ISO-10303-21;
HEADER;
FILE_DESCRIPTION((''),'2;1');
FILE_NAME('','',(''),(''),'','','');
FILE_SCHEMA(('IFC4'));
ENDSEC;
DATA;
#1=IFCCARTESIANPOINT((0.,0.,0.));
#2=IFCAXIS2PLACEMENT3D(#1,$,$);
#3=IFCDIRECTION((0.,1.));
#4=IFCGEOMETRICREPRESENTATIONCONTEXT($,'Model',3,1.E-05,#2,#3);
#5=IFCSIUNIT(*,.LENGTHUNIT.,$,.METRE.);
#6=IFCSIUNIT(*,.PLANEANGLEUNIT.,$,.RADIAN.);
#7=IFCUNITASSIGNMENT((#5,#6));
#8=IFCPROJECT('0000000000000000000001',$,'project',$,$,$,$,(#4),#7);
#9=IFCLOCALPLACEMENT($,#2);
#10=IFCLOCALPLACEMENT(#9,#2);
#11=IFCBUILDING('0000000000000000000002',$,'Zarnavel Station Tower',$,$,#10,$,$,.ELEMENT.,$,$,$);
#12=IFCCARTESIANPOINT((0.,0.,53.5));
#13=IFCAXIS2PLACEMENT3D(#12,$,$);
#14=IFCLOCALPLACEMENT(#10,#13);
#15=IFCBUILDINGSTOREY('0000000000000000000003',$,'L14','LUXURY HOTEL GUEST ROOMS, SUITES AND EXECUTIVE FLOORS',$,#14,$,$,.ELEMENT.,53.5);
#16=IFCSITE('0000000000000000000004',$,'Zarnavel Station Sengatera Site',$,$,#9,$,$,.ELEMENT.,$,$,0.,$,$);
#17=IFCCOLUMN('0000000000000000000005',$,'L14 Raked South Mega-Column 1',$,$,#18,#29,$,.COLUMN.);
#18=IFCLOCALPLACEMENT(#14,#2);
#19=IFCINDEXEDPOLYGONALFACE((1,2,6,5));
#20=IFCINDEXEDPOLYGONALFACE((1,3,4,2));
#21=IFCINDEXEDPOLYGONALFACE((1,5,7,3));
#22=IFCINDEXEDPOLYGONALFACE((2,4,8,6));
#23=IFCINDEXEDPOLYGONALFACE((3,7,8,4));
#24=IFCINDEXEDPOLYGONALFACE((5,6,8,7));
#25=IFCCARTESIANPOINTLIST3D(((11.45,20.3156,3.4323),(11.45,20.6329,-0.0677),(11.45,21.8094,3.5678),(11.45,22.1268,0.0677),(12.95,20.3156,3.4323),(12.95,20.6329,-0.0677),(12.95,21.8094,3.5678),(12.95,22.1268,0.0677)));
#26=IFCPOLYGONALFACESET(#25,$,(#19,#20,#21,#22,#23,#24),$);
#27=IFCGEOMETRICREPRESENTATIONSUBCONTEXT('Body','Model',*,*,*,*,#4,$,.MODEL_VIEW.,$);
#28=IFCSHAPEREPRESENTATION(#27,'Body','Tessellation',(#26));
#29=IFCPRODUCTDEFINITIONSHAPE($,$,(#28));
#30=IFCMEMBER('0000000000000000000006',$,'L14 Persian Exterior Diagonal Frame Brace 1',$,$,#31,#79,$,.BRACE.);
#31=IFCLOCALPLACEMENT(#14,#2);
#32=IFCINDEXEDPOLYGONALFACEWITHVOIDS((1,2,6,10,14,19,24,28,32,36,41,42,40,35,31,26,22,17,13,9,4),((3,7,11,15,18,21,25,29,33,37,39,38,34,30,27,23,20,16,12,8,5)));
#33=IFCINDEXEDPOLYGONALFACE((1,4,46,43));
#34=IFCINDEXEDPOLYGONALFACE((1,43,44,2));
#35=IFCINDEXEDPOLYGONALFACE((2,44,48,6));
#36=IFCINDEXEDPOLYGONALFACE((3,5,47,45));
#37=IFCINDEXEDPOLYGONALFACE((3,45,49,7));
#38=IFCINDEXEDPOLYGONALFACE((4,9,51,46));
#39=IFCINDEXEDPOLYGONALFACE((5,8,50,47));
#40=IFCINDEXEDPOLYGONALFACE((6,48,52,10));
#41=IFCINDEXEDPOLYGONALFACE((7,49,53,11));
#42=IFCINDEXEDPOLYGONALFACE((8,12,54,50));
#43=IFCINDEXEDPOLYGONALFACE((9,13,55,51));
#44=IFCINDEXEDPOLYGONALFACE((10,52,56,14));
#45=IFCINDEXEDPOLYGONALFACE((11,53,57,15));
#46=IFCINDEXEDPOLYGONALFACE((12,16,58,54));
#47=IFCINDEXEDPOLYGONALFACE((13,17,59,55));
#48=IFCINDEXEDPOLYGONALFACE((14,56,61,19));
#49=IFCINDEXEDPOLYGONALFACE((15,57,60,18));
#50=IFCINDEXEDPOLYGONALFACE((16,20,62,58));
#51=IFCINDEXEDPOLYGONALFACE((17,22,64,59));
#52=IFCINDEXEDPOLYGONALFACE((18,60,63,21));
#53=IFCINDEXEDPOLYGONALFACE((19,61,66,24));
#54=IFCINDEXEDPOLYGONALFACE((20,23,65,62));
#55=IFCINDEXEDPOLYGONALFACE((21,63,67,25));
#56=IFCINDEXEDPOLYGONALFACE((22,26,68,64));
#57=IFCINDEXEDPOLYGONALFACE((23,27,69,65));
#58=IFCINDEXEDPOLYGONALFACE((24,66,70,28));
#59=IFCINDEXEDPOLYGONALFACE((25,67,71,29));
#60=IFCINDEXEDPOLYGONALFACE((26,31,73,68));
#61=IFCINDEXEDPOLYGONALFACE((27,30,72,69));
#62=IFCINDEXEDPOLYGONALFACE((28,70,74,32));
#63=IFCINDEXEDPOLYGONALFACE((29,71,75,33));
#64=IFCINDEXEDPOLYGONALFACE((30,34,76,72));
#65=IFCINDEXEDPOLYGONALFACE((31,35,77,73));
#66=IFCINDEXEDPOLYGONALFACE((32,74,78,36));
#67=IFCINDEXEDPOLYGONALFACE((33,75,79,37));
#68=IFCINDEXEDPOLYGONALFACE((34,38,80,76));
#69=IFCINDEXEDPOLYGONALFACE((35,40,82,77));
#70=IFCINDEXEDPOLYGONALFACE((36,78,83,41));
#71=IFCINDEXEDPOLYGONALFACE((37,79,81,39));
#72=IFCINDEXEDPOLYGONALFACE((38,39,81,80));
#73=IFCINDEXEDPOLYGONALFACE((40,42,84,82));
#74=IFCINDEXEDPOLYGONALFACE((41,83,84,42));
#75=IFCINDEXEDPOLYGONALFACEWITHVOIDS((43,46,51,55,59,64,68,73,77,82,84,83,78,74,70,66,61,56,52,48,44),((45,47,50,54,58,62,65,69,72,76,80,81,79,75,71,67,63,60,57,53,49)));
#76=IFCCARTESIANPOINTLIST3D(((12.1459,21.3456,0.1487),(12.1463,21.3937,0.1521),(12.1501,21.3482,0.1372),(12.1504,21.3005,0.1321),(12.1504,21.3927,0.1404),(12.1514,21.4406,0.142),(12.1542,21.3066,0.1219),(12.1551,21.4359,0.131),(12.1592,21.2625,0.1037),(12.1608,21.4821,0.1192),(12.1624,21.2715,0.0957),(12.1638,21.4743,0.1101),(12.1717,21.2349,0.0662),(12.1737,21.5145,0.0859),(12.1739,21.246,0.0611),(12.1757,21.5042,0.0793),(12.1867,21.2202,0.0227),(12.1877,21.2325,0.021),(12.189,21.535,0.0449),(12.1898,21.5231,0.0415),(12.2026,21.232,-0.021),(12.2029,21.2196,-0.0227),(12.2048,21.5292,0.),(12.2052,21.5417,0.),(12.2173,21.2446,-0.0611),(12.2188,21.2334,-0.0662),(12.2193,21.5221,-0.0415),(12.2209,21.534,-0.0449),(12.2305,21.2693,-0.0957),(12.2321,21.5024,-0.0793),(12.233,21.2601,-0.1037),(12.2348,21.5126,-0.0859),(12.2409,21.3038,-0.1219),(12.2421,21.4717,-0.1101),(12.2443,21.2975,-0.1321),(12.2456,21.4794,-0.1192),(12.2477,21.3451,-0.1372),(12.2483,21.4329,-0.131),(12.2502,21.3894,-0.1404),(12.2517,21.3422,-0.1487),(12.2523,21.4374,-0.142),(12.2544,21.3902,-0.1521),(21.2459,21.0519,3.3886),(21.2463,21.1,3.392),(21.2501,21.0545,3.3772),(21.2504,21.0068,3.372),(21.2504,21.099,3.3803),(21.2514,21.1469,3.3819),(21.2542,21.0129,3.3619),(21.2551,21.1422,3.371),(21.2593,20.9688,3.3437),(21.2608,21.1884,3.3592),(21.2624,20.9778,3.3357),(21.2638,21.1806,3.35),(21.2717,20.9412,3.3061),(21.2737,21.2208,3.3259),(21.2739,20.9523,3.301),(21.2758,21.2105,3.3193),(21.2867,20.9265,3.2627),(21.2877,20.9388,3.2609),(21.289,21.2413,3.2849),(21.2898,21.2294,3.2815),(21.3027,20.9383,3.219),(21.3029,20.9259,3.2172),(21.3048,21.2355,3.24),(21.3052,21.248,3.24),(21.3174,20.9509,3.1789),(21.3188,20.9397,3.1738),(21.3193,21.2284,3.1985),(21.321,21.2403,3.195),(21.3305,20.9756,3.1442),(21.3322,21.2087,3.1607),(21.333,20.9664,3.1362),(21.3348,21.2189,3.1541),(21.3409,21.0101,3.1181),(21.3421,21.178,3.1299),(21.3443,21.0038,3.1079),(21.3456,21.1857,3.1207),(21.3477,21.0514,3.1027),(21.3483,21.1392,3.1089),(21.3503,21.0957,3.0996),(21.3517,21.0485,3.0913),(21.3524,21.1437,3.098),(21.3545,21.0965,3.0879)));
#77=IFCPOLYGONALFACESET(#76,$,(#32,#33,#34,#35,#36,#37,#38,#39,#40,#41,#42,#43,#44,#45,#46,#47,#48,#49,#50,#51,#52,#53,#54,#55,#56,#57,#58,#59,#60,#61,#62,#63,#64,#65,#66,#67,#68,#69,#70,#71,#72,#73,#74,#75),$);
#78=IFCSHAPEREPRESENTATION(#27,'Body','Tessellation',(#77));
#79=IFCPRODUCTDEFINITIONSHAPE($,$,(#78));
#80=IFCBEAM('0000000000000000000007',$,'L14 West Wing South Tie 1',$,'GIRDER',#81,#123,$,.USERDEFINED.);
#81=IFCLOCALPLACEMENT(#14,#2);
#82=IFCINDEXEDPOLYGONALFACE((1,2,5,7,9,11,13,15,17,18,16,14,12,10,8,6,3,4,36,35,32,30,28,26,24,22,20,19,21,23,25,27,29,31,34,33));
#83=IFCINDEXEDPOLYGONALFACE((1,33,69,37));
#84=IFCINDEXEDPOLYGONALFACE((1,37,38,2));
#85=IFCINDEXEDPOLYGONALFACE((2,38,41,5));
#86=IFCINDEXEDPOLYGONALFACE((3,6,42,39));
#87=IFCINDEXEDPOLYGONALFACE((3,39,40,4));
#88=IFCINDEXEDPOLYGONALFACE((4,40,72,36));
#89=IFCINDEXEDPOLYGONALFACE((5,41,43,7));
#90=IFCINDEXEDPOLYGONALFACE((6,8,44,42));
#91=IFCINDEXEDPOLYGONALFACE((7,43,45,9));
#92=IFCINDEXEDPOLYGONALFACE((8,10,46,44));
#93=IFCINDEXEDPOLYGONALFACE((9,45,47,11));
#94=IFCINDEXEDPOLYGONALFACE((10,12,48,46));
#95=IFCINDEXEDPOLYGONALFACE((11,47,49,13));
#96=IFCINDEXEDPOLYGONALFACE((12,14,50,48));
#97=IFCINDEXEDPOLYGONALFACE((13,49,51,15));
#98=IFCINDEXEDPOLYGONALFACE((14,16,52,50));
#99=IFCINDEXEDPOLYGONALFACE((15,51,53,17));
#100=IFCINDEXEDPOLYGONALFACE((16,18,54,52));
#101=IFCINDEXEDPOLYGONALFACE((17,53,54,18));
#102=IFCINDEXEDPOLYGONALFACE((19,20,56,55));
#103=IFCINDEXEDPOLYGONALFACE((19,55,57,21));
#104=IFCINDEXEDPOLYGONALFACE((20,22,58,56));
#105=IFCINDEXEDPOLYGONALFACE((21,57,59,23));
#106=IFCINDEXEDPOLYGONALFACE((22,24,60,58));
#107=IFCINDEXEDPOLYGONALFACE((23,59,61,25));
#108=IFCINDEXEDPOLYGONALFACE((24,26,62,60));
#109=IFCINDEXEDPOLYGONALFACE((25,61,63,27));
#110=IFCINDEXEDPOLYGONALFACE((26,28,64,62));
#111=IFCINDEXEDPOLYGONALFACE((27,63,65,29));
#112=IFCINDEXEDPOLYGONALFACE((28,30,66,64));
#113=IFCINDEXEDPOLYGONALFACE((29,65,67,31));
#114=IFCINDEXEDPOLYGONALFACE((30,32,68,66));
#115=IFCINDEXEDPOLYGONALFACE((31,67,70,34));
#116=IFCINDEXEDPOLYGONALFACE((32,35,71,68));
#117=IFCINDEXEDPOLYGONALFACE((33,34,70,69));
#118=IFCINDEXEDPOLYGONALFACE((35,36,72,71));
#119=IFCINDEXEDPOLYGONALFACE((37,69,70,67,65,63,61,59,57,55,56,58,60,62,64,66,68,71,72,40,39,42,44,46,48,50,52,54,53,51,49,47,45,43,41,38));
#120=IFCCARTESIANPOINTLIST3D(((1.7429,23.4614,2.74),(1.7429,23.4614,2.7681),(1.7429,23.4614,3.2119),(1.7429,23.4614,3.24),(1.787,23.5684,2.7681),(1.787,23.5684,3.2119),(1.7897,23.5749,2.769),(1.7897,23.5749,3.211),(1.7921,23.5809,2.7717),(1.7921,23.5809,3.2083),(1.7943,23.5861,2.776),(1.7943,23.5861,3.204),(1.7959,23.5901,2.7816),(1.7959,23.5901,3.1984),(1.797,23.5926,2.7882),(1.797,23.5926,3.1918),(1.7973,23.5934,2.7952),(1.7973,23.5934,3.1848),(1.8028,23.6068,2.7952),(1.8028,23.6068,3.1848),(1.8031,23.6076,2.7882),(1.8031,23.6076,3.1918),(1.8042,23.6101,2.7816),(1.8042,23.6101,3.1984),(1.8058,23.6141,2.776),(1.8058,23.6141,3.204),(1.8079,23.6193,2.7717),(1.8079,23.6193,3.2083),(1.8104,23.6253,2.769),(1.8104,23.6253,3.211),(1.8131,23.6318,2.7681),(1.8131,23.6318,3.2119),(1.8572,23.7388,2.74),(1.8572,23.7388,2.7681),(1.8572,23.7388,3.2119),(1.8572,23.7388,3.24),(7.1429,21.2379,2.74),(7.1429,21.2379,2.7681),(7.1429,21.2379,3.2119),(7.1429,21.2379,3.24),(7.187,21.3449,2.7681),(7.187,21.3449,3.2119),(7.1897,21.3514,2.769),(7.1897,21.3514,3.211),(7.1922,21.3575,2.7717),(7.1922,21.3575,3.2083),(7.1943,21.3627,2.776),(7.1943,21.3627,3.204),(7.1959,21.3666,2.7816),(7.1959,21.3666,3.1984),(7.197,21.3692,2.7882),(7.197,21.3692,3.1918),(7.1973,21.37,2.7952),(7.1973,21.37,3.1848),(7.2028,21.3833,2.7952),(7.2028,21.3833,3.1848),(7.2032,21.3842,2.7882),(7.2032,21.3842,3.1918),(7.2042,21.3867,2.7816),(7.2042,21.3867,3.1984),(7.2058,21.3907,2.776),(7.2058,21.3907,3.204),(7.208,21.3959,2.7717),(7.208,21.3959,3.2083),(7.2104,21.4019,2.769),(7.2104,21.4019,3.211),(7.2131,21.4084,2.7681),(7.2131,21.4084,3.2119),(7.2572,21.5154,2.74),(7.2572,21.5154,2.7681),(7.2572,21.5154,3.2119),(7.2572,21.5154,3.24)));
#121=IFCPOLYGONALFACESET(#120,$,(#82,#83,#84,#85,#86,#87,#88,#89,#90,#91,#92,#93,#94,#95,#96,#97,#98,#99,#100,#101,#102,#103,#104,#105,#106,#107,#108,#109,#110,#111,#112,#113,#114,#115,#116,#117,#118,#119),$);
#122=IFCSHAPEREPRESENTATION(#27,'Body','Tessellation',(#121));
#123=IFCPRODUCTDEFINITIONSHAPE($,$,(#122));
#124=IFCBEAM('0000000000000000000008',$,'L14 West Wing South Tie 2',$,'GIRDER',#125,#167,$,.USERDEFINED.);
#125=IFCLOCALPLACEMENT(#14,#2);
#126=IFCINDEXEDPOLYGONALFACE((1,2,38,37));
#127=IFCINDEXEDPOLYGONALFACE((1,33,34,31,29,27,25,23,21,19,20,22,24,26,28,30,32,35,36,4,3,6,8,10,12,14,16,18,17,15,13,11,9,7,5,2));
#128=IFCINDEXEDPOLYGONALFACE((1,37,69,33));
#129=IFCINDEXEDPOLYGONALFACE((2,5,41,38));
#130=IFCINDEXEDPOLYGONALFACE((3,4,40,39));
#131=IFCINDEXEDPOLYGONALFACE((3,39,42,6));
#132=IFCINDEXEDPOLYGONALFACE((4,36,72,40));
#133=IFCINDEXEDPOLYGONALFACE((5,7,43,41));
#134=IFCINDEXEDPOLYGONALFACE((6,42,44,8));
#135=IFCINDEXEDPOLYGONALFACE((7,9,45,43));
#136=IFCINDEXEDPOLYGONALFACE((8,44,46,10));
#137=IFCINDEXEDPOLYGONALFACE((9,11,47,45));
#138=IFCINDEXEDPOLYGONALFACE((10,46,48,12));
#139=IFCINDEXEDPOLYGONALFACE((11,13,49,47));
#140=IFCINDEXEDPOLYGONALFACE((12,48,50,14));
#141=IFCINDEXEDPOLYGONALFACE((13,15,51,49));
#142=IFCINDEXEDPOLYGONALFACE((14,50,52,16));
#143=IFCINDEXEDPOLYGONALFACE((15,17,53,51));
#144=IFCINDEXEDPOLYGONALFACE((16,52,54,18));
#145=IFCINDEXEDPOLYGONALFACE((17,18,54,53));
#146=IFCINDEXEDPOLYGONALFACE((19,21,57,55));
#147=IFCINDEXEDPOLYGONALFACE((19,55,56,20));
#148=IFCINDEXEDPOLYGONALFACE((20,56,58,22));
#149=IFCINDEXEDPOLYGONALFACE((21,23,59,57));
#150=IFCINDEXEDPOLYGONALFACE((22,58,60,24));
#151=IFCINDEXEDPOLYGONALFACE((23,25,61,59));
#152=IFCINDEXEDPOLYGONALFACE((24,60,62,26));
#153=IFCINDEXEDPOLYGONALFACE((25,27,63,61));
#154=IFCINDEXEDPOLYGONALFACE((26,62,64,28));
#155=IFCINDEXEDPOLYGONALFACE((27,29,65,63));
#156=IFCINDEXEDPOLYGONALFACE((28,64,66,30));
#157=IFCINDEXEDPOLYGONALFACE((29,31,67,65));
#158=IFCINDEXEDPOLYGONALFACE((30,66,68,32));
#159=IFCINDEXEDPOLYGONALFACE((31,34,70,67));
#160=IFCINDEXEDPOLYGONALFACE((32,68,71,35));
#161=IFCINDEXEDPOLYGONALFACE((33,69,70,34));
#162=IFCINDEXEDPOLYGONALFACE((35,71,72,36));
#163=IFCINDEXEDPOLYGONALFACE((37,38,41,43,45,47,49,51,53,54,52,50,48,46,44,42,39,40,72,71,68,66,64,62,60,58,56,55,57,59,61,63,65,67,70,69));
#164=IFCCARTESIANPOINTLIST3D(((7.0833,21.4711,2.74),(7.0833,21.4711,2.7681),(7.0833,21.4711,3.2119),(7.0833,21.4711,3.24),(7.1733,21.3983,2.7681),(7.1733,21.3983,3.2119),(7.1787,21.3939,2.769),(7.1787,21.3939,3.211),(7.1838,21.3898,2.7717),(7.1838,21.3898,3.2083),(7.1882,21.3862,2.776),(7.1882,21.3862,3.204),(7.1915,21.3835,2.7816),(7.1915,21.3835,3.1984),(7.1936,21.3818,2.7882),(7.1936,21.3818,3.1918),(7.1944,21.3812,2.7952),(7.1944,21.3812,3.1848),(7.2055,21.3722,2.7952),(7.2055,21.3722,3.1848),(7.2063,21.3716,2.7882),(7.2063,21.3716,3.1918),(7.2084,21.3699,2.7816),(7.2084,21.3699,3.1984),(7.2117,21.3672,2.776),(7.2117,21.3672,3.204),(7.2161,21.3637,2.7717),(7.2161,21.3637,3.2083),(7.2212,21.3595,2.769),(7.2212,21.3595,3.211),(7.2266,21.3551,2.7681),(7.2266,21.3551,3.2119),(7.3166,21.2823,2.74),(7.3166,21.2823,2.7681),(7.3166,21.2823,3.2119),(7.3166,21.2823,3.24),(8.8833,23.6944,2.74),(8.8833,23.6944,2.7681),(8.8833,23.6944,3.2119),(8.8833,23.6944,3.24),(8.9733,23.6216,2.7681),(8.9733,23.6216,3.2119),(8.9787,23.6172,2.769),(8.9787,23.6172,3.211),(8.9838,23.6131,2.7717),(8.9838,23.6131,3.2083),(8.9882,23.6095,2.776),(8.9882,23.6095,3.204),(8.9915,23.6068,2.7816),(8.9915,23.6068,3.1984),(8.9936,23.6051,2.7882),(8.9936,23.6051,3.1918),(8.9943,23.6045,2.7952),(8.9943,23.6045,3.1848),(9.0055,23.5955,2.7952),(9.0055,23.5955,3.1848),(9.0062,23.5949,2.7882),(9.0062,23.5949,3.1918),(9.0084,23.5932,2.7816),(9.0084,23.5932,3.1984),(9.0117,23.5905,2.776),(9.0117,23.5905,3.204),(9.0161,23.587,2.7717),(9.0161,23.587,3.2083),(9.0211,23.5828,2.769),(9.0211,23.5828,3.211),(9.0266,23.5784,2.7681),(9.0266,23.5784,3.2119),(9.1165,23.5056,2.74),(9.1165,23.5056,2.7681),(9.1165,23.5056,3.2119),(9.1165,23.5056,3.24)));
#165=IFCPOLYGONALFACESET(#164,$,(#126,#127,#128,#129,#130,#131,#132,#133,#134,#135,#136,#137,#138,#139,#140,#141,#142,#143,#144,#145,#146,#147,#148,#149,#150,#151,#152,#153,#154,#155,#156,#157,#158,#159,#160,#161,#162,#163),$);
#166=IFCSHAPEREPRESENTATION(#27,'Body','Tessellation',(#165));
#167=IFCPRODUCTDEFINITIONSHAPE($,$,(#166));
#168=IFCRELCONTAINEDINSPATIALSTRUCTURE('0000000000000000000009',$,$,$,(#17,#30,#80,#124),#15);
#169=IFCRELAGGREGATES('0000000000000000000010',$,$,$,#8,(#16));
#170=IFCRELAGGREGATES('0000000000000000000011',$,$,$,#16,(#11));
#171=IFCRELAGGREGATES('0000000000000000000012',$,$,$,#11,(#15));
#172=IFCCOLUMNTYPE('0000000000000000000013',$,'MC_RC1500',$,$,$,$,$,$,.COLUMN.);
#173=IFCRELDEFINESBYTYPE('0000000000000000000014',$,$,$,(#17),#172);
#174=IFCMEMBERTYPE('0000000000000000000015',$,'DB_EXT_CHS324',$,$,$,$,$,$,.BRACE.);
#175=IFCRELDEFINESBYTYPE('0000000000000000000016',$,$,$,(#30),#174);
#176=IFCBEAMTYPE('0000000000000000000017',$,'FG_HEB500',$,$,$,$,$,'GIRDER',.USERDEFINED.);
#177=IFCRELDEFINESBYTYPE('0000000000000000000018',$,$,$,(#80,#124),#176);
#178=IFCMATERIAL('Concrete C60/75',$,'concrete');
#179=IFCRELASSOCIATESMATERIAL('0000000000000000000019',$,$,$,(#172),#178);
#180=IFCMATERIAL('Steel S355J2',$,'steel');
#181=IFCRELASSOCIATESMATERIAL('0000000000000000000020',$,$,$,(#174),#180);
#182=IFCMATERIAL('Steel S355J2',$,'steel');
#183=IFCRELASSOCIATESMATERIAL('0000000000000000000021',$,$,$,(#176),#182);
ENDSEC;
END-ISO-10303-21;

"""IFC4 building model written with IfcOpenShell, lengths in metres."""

from ifc_helpers import new_model, si_unit, direction, frame, origin, origin_2d, place, context, subcontext, project, spatial, rectangle, hollow_circle, i_section, extrude, material, material_profile, profile_set, type_object, element, save


model = new_model("IFC4")

# Units and contexts
model_context = context("Model", 3, precision=1e-05, world=origin(), true_north=direction((0.0, 1.0)))
body_context = subcontext(model_context, "Body", "Model", "MODEL_VIEW")
ifc_project = project(units=[si_unit("LENGTHUNIT", "METRE"), si_unit("PLANEANGLEUNIT", "RADIAN")], contexts=[model_context])

# Site, building, storey
site_placement = place(None, origin())
site = spatial("IfcSite", under=ifc_project, at=site_placement, Name="Zarnavel Station Sengatera Site", CompositionType="ELEMENT", RefElevation=0.0)
building_placement = place(site_placement, origin())
building = spatial("IfcBuilding", under=site, at=building_placement, Name="Zarnavel Station Tower", CompositionType="ELEMENT")
storey_placement = place(building_placement, frame((0.0, 0.0, 53.5)))
storey = spatial("IfcBuildingStorey", under=building, at=storey_placement, Name="L14", Description="LUXURY HOTEL GUEST ROOMS, SUITES AND EXECUTIVE FLOORS", CompositionType="ELEMENT", Elevation=53.5)

# Column
ifc_material_1 = material(Name="Concrete C60/75", Category="concrete")
ifc_material_profile_1 = material_profile(ifc_material_1, rectangle(XDim=1.5, YDim=1.5, at=origin_2d()), Name="RC1500x1500")
ifc_profile_set_1 = profile_set([ifc_material_profile_1], Name="Concrete C60/75")
column_type_1 = type_object("IfcColumnType", Name="MC_RC1500", PredefinedType="COLUMN", material=ifc_profile_set_1)
column_1_placement = place(storey_placement, frame((12.2, 21.3799, 0.0), z_axis=(0.0, -0.09031, 0.995914), x_axis=(1.0, 0.0, 0.0)))
element("IfcColumn", 1, at=column_1_placement, inside=storey, type_object=column_type_1, Name="L14 Raked South Mega-Column 1", PredefinedType="COLUMN", context=body_context, shape_type="SweptSolid", body=[
    extrude(rectangle(XDim=1.5, YDim=1.5, at=origin_2d()), origin(), (0.0, 0.0, 1.0), 3.5144),
])

# Member
ifc_material_2 = material(Name="Steel S355J2", Category="steel")
ifc_material_profile_2 = material_profile(ifc_material_2, hollow_circle(Radius=0.1619, WallThickness=0.0125, at=origin_2d()), Name="CHS323.9x12.5")
ifc_profile_set_2 = profile_set([ifc_material_profile_2], Name="Steel S355J2")
member_type = type_object("IfcMemberType", Name="DB_EXT_CHS324", PredefinedType="BRACE", material=ifc_profile_set_2)
member_placement = place(storey_placement, frame((12.2, 21.3799, 0.0), z_axis=(0.941636, -0.030391, 0.335259), x_axis=(0.032258, 0.99948, 0.0)))
element("IfcMember", 2, at=member_placement, inside=storey, type_object=member_type, Name="L14 Persian Exterior Diagonal Frame Brace 1", PredefinedType="BRACE", context=body_context, shape_type="SweptSolid", body=[
    extrude(hollow_circle(Radius=0.1619, WallThickness=0.0125, at=origin_2d()), origin(), (0.0, 0.0, 1.0), 9.6641),
])

# Beams
ifc_material_3 = material(Name="Steel S355J2", Category="steel")
ifc_material_profile_3 = material_profile(ifc_material_3, i_section(OverallWidth=0.3, OverallDepth=0.5, WebThickness=0.0144, FlangeThickness=0.0281, FilletRadius=0.0271, at=origin_2d()), Name="HEB500")
ifc_profile_set_3 = profile_set([ifc_material_profile_3], Name="Steel S355J2")
beam_type_1 = type_object("IfcBeamType", Name="FG_HEB500", ElementType="GIRDER", PredefinedType="USERDEFINED", material=ifc_profile_set_3)
beam_1_placement = place(storey_placement, frame((1.8, 23.6001, 2.99), z_axis=(0.924684, -0.380735, 0.0), x_axis=(0.380735, 0.924684, 0.0)))
element("IfcBeam", 3, at=beam_1_placement, inside=storey, type_object=beam_type_1, Name="L14 West Wing South Tie 1", ObjectType="GIRDER", PredefinedType="USERDEFINED", context=body_context, shape_type="SweptSolid", body=[
    extrude(i_section(OverallWidth=0.3, OverallDepth=0.5, WebThickness=0.0144, FlangeThickness=0.0281, FilletRadius=0.0271, at=origin_2d()), origin(), (0.0, 0.0, 1.0), 5.8398),
])
beam_2_placement = place(storey_placement, frame((7.2, 21.3767, 2.99), z_axis=(0.629233, 0.777217, 0.0), x_axis=(-0.777217, 0.629233, 0.0)))
element("IfcBeam", 4, at=beam_2_placement, inside=storey, type_object=beam_type_1, Name="L14 West Wing South Tie 2", ObjectType="GIRDER", PredefinedType="USERDEFINED", context=body_context, shape_type="SweptSolid", body=[
    extrude(i_section(OverallWidth=0.3, OverallDepth=0.5, WebThickness=0.0144, FlangeThickness=0.0281, FilletRadius=0.0271, at=origin_2d()), origin(), (0.0, 0.0, 1.0), 2.8606),
])

save(model, "model.ifc")
